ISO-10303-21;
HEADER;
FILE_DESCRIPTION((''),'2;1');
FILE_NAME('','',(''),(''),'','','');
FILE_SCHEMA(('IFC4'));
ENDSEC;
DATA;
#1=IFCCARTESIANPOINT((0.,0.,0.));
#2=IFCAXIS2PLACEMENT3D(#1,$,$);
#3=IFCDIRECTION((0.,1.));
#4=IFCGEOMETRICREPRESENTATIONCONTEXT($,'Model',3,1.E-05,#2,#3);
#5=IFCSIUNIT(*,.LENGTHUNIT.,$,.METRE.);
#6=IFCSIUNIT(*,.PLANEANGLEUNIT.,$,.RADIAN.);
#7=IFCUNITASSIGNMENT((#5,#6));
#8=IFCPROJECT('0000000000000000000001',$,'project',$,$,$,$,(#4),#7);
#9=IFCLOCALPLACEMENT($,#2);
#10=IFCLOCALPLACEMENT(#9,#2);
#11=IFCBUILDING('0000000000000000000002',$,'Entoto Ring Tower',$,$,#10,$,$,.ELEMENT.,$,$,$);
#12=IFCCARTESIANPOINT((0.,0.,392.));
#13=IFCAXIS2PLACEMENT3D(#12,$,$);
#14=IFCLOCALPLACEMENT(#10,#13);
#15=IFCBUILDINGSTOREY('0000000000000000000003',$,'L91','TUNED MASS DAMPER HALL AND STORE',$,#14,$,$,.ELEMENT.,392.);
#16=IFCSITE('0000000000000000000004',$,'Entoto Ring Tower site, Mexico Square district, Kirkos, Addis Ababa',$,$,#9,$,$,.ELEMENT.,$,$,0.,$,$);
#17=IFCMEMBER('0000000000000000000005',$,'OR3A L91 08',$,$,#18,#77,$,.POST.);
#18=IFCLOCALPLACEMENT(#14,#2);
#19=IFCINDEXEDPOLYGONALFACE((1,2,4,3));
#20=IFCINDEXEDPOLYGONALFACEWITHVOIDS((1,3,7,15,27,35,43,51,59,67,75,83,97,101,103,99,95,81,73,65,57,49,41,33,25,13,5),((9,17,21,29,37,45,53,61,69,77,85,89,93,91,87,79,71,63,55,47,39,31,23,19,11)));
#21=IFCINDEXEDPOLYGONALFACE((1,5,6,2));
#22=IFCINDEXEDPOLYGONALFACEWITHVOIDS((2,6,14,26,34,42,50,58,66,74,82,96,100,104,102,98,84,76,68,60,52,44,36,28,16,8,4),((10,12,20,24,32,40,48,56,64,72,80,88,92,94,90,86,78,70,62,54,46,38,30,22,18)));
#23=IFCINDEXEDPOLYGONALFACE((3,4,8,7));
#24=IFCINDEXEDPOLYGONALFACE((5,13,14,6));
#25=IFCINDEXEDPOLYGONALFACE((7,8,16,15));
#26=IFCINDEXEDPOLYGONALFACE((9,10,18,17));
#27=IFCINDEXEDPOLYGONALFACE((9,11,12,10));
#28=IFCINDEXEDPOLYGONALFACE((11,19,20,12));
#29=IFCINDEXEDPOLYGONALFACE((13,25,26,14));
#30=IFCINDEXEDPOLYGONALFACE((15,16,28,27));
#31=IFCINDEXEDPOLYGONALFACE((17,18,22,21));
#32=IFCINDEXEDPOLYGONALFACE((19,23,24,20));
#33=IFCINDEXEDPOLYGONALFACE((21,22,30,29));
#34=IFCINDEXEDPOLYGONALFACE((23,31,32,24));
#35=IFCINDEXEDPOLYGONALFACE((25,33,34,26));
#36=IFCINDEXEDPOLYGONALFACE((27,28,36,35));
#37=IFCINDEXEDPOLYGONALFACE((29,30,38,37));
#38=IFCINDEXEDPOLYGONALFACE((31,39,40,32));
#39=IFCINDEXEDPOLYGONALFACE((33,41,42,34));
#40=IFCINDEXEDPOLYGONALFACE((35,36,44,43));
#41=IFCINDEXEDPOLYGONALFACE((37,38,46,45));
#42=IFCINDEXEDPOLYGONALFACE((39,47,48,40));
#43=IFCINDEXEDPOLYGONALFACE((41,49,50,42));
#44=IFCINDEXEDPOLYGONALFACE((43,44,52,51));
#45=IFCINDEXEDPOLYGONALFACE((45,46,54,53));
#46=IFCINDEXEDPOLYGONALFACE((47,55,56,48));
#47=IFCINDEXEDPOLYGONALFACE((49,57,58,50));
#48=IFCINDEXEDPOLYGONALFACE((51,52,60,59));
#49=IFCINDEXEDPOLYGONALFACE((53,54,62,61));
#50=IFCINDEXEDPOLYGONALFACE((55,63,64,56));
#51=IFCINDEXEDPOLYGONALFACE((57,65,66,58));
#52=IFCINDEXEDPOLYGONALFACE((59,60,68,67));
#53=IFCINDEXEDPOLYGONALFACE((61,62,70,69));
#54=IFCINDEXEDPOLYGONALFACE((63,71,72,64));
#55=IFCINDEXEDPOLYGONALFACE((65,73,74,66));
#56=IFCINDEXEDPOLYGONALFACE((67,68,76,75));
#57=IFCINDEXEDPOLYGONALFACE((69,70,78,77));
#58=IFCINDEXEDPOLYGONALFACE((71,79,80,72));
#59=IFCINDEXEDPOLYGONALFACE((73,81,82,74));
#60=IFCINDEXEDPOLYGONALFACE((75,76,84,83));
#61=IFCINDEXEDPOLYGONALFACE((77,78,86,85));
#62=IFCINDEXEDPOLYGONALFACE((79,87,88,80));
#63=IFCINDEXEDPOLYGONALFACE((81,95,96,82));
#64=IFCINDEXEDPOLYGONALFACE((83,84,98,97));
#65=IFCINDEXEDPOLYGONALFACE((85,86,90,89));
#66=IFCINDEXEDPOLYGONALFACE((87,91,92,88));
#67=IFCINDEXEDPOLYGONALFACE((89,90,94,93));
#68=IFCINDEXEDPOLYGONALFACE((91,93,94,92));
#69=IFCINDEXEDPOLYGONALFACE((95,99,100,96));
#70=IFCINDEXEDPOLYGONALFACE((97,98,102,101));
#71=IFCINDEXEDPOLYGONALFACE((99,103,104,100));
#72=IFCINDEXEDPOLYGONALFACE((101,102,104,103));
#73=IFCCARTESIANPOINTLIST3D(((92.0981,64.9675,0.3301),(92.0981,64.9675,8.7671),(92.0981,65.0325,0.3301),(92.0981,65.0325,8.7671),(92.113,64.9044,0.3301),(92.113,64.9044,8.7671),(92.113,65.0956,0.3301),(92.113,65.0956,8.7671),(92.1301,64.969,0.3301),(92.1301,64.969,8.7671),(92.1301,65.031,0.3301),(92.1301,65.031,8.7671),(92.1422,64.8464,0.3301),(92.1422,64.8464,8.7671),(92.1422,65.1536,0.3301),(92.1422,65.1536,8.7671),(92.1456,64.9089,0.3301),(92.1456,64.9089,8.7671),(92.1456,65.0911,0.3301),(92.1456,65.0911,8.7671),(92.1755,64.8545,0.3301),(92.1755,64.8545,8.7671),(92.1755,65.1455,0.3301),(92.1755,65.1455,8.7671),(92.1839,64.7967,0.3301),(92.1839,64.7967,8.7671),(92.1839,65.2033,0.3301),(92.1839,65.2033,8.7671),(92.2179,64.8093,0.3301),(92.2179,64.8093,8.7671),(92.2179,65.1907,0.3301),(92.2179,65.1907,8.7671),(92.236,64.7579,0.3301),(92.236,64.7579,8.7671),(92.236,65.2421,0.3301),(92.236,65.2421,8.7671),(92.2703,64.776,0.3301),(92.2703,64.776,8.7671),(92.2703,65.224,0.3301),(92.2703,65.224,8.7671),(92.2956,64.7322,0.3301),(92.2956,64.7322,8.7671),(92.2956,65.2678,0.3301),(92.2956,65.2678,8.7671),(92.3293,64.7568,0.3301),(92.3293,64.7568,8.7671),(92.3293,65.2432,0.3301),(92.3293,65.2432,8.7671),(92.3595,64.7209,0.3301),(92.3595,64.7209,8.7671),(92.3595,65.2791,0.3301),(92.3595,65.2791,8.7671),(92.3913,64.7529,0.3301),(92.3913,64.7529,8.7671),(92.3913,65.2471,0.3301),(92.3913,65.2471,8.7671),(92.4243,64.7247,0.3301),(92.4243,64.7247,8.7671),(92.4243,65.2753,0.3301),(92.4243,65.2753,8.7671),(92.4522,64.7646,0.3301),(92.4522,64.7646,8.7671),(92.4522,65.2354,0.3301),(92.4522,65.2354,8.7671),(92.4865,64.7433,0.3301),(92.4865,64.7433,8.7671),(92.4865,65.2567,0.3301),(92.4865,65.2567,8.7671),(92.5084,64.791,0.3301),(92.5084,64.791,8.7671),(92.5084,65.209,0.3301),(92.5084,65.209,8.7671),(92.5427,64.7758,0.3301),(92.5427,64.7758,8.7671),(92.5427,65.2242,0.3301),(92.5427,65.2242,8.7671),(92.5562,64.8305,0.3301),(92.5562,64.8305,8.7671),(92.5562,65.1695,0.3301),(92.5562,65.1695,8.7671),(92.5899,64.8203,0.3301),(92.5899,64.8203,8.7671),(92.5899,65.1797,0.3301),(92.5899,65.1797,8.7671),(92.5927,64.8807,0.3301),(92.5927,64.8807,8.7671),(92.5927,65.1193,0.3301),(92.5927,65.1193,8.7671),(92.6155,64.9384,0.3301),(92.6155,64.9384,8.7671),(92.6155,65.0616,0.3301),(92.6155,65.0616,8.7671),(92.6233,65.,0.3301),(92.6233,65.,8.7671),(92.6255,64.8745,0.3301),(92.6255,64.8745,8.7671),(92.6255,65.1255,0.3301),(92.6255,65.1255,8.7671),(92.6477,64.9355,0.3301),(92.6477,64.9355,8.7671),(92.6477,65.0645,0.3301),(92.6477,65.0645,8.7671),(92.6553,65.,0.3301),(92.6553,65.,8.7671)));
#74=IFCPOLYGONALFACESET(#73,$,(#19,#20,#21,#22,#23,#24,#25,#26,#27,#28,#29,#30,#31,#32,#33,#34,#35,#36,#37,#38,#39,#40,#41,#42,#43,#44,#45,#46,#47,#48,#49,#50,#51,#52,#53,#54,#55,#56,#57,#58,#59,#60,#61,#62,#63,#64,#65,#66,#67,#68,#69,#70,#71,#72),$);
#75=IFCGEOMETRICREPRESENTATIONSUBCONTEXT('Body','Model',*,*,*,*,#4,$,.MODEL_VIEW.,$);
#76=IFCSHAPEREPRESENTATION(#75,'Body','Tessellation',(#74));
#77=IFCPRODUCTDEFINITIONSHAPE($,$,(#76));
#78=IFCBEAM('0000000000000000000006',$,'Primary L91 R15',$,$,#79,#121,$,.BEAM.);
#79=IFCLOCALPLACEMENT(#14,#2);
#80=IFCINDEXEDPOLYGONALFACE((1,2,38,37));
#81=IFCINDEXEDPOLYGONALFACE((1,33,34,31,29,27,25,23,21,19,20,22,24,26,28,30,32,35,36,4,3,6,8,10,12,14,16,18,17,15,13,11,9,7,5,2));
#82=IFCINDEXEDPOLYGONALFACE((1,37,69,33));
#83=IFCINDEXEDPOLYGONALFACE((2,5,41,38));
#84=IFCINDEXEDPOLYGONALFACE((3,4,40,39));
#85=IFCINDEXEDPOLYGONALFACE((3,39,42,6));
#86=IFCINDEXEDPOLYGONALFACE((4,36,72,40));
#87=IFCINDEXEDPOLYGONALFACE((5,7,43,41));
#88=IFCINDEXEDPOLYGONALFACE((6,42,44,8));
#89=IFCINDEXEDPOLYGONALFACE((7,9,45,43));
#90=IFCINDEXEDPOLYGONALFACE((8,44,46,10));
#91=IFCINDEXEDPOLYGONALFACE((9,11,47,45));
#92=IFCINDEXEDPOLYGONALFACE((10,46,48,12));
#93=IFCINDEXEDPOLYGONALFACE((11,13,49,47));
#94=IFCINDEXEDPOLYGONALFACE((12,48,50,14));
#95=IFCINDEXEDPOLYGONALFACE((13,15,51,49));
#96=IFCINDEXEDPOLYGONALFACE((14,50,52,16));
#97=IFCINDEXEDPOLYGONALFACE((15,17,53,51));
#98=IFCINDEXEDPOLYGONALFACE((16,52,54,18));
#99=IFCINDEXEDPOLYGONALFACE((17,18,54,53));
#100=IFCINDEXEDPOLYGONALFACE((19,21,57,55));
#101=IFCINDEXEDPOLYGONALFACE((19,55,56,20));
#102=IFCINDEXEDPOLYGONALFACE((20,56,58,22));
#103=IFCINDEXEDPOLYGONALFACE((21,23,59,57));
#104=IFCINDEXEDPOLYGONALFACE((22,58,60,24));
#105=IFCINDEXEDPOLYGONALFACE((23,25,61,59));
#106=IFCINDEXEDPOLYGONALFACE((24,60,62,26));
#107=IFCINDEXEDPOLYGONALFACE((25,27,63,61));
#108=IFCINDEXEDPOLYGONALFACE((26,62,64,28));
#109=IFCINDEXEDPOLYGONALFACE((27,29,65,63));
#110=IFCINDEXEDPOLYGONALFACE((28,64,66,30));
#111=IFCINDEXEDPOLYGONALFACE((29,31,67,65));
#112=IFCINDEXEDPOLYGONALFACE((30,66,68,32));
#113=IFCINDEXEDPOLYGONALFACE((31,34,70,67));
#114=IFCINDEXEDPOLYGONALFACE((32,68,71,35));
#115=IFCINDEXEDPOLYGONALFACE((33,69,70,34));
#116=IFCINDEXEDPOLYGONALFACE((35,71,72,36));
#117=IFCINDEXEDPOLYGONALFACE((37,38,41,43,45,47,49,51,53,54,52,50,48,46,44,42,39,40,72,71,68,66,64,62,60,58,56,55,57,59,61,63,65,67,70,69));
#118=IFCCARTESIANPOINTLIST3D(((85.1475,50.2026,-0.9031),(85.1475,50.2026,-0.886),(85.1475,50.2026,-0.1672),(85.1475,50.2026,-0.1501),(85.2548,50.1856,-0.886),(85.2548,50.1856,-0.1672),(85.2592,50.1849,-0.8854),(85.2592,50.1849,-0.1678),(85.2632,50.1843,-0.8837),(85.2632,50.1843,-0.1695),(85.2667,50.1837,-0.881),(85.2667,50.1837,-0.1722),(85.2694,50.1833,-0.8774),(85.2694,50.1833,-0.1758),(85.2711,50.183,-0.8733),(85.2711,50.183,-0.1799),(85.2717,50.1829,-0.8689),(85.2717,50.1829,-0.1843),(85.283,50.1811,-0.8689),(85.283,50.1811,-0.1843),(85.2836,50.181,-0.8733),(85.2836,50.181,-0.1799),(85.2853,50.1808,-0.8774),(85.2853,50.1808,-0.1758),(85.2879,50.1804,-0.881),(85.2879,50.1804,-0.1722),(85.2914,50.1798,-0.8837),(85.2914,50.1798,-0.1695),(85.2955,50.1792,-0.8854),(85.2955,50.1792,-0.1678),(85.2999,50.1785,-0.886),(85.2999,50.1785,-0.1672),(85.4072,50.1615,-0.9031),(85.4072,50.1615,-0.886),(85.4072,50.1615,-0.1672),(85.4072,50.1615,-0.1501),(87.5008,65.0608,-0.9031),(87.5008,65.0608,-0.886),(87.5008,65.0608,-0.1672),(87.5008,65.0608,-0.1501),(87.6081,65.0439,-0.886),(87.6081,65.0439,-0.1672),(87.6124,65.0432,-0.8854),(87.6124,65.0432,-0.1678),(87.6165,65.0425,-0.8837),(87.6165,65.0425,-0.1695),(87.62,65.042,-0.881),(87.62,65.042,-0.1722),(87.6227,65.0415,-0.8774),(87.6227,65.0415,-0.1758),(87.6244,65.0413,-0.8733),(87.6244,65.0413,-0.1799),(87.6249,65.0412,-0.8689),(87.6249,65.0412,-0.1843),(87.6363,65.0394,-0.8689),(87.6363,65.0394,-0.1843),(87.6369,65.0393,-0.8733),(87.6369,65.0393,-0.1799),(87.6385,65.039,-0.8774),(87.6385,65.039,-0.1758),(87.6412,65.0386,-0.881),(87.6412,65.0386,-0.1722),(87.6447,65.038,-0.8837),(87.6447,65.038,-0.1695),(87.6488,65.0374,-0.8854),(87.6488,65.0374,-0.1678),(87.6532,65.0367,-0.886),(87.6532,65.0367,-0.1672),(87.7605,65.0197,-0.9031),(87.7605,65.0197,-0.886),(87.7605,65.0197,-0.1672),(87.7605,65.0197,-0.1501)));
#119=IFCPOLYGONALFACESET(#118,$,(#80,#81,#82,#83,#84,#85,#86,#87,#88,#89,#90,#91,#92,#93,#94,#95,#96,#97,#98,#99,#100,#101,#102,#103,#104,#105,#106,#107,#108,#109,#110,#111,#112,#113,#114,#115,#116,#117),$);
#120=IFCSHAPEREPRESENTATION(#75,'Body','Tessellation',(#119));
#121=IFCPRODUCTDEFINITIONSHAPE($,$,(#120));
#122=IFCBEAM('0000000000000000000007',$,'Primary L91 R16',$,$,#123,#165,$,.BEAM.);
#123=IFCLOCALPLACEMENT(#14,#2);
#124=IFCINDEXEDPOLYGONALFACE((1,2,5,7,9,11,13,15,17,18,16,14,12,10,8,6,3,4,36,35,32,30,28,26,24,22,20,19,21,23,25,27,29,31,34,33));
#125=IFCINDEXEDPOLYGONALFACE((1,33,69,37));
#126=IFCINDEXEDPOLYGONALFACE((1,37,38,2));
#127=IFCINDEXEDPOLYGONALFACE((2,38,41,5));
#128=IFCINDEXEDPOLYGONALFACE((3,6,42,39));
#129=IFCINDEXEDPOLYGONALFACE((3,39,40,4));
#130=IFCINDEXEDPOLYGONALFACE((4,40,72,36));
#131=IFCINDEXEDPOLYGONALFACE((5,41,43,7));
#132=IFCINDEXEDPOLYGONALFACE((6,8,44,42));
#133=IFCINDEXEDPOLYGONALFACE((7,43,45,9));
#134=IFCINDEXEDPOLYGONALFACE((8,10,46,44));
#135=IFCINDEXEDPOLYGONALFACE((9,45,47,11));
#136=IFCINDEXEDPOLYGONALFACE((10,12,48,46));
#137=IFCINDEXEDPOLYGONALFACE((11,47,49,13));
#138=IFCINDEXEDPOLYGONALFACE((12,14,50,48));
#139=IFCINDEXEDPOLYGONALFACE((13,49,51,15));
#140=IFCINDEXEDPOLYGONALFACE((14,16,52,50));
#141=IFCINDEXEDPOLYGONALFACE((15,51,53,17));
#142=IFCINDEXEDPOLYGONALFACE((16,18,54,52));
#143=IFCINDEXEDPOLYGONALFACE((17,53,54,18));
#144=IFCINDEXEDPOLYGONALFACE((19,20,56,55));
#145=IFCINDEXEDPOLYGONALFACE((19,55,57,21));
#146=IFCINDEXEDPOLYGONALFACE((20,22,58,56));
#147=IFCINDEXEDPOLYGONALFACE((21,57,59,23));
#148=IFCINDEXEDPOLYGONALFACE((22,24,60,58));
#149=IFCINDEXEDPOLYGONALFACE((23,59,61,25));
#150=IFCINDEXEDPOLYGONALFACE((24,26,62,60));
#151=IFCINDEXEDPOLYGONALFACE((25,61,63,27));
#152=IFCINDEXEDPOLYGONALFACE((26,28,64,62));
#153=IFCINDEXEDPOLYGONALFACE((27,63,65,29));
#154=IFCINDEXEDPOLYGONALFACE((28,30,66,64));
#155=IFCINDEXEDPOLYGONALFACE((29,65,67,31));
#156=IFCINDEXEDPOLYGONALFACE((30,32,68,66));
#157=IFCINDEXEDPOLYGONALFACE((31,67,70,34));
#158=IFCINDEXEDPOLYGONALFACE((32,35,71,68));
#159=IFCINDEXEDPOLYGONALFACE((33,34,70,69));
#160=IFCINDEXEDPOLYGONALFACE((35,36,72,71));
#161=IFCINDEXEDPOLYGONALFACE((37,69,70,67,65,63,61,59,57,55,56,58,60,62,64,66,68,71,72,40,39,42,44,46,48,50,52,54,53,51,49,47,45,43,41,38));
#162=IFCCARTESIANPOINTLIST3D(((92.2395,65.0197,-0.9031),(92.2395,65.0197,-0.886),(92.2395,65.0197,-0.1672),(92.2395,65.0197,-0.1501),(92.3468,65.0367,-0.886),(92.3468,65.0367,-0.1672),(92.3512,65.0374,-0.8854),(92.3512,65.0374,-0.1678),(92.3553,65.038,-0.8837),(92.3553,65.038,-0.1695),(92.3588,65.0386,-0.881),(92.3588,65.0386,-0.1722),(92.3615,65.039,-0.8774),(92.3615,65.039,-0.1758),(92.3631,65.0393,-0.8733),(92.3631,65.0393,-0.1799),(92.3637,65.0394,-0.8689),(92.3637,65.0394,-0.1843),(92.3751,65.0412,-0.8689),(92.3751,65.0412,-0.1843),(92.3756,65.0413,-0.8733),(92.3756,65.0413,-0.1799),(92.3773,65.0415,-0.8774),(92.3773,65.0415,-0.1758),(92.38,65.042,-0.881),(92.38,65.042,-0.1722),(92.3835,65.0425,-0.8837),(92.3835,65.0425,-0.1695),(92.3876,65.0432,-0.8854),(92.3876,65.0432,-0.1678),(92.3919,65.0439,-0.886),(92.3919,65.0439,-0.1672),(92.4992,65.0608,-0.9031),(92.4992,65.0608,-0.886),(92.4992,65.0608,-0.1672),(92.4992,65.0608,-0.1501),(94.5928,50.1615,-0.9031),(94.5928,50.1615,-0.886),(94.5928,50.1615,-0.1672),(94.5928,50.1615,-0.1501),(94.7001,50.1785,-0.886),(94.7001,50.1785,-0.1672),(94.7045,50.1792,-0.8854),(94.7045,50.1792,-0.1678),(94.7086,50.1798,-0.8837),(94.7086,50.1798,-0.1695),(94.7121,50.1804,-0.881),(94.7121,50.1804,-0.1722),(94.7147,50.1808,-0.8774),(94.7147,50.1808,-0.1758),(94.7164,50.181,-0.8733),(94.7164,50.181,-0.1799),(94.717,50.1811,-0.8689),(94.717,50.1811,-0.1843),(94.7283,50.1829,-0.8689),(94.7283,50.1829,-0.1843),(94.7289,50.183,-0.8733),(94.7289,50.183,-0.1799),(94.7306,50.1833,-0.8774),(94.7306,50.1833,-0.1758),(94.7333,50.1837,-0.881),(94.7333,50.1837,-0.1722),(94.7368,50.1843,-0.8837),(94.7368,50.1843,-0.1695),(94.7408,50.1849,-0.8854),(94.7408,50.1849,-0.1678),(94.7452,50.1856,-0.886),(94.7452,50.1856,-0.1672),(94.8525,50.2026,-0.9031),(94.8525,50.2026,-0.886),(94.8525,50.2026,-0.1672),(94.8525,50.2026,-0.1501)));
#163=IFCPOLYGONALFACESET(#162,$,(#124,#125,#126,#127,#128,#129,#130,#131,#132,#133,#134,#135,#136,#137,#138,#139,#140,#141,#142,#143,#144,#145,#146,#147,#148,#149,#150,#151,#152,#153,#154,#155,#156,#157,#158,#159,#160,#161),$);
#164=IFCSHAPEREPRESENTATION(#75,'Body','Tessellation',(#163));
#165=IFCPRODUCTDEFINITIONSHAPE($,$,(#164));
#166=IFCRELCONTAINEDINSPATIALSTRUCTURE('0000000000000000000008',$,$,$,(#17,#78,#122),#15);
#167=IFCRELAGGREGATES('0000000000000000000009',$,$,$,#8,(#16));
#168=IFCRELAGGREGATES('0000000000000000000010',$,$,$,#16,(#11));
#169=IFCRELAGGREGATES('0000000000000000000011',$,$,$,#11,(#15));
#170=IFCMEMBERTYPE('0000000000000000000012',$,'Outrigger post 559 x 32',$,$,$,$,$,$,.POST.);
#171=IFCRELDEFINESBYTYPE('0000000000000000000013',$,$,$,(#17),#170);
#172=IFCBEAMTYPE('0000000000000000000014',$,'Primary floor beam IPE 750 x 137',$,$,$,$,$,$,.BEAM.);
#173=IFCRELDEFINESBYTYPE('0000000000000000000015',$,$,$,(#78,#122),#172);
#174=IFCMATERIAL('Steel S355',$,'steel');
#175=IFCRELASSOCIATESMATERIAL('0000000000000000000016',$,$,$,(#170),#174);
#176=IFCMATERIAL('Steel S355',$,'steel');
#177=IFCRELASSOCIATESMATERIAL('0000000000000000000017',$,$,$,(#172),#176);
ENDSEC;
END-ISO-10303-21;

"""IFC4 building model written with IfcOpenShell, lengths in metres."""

from ifc_helpers import new_model, si_unit, direction, frame, origin, origin_2d, place, context, subcontext, project, spatial, circle, hollow_circle, i_section, extrude, material, material_profile, profile_set, type_object, element, save


model = new_model("IFC4")

# Units and contexts
model_context = context("Model", 3, precision=1e-05, world=origin(), true_north=direction((0.0, 1.0)))
body_context = subcontext(model_context, "Body", "Model", "MODEL_VIEW")
ifc_project = project(units=[si_unit("LENGTHUNIT", "METRE"), si_unit("PLANEANGLEUNIT", "RADIAN")], contexts=[model_context])

# Site, building, storey
site_placement = place(None, origin())
site = spatial("IfcSite", under=ifc_project, at=site_placement, Name="Entoto Ring Tower site, Mexico Square district, Kirkos, Addis Ababa", CompositionType="ELEMENT", RefElevation=0.0)
building_placement = place(site_placement, origin())
building = spatial("IfcBuilding", under=site, at=building_placement, Name="Entoto Ring Tower", CompositionType="ELEMENT")
storey_placement = place(building_placement, frame((0.0, 0.0, 392.0)))
storey = spatial("IfcBuildingStorey", under=building, at=storey_placement, Name="L91", Description="TUNED MASS DAMPER HALL AND STORE", CompositionType="ELEMENT", Elevation=392.0)

# Member
ifc_material_1 = material(Name="Steel S355", Category="steel")
ifc_material_profile_1 = material_profile(ifc_material_1, hollow_circle(Radius=0.2795, WallThickness=0.032, at=origin_2d()), Name="CHS 559 x 32")
ifc_material_2 = material(Name="Concrete C60/75", Category="concrete")
ifc_material_profile_2 = material_profile(ifc_material_2, circle(Radius=0.2476, at=origin_2d()), Name="Concrete C60/75 infill")
ifc_profile_set_1 = profile_set([ifc_material_profile_1, ifc_material_profile_2], Name="Steel S355")
member_type_1 = type_object("IfcMemberType", Name="Outrigger post 559 x 32", PredefinedType="POST", material=ifc_profile_set_1)
member_1_placement = place(storey_placement, frame((92.3757, 65.0, 0.3301), z_axis=(0.0, 0.0, 1.0), x_axis=(1.0, 0.0, 0.0)))
element("IfcMember", 1, at=member_1_placement, inside=storey, type_object=member_type_1, Name="OR3A L91 08", PredefinedType="POST", context=body_context, shape_type="SweptSolid", body=[
    extrude(hollow_circle(Radius=0.2795, WallThickness=0.032, at=origin_2d()), origin(), (0.0, 0.0, 1.0), 8.437),
])

# Beams
ifc_material_3 = material(Name="Steel S355", Category="steel")
ifc_material_profile_3 = material_profile(ifc_material_3, i_section(OverallWidth=0.2629, OverallDepth=0.7529, WebThickness=0.0115, FlangeThickness=0.0171, FilletRadius=0.0171, at=origin_2d()), Name="IPE 750 x 137")
ifc_profile_set_2 = profile_set([ifc_material_profile_3], Name="Steel S355")
beam_type_1 = type_object("IfcBeamType", Name="Primary floor beam IPE 750 x 137", PredefinedType="BEAM", material=ifc_profile_set_2)
for number, where, z_axis, x_axis, name in (
    (2, (87.6306, 65.0403, -0.5266), (-0.156433, -0.987689, 0.0), (0.987689, -0.156433, 0.0), "Primary L91 R15"),
    (3, (92.3694, 65.0403, -0.5266), (0.156433, -0.987689, 0.0), (0.987689, 0.156433, 0.0), "Primary L91 R16"),
):
    element("IfcBeam", number, at=place(storey_placement, frame(where, z_axis=z_axis, x_axis=x_axis)), inside=storey, type_object=beam_type_1, Name=name, PredefinedType="BEAM", context=body_context, shape_type="SweptSolid", body=[
        extrude(i_section(OverallWidth=0.2629, OverallDepth=0.7529, WebThickness=0.0115, FlangeThickness=0.0171, FilletRadius=0.0171, at=origin_2d()), origin(), (0.0, 0.0, 1.0), 15.0435),
    ])

save(model, "model.ifc")
